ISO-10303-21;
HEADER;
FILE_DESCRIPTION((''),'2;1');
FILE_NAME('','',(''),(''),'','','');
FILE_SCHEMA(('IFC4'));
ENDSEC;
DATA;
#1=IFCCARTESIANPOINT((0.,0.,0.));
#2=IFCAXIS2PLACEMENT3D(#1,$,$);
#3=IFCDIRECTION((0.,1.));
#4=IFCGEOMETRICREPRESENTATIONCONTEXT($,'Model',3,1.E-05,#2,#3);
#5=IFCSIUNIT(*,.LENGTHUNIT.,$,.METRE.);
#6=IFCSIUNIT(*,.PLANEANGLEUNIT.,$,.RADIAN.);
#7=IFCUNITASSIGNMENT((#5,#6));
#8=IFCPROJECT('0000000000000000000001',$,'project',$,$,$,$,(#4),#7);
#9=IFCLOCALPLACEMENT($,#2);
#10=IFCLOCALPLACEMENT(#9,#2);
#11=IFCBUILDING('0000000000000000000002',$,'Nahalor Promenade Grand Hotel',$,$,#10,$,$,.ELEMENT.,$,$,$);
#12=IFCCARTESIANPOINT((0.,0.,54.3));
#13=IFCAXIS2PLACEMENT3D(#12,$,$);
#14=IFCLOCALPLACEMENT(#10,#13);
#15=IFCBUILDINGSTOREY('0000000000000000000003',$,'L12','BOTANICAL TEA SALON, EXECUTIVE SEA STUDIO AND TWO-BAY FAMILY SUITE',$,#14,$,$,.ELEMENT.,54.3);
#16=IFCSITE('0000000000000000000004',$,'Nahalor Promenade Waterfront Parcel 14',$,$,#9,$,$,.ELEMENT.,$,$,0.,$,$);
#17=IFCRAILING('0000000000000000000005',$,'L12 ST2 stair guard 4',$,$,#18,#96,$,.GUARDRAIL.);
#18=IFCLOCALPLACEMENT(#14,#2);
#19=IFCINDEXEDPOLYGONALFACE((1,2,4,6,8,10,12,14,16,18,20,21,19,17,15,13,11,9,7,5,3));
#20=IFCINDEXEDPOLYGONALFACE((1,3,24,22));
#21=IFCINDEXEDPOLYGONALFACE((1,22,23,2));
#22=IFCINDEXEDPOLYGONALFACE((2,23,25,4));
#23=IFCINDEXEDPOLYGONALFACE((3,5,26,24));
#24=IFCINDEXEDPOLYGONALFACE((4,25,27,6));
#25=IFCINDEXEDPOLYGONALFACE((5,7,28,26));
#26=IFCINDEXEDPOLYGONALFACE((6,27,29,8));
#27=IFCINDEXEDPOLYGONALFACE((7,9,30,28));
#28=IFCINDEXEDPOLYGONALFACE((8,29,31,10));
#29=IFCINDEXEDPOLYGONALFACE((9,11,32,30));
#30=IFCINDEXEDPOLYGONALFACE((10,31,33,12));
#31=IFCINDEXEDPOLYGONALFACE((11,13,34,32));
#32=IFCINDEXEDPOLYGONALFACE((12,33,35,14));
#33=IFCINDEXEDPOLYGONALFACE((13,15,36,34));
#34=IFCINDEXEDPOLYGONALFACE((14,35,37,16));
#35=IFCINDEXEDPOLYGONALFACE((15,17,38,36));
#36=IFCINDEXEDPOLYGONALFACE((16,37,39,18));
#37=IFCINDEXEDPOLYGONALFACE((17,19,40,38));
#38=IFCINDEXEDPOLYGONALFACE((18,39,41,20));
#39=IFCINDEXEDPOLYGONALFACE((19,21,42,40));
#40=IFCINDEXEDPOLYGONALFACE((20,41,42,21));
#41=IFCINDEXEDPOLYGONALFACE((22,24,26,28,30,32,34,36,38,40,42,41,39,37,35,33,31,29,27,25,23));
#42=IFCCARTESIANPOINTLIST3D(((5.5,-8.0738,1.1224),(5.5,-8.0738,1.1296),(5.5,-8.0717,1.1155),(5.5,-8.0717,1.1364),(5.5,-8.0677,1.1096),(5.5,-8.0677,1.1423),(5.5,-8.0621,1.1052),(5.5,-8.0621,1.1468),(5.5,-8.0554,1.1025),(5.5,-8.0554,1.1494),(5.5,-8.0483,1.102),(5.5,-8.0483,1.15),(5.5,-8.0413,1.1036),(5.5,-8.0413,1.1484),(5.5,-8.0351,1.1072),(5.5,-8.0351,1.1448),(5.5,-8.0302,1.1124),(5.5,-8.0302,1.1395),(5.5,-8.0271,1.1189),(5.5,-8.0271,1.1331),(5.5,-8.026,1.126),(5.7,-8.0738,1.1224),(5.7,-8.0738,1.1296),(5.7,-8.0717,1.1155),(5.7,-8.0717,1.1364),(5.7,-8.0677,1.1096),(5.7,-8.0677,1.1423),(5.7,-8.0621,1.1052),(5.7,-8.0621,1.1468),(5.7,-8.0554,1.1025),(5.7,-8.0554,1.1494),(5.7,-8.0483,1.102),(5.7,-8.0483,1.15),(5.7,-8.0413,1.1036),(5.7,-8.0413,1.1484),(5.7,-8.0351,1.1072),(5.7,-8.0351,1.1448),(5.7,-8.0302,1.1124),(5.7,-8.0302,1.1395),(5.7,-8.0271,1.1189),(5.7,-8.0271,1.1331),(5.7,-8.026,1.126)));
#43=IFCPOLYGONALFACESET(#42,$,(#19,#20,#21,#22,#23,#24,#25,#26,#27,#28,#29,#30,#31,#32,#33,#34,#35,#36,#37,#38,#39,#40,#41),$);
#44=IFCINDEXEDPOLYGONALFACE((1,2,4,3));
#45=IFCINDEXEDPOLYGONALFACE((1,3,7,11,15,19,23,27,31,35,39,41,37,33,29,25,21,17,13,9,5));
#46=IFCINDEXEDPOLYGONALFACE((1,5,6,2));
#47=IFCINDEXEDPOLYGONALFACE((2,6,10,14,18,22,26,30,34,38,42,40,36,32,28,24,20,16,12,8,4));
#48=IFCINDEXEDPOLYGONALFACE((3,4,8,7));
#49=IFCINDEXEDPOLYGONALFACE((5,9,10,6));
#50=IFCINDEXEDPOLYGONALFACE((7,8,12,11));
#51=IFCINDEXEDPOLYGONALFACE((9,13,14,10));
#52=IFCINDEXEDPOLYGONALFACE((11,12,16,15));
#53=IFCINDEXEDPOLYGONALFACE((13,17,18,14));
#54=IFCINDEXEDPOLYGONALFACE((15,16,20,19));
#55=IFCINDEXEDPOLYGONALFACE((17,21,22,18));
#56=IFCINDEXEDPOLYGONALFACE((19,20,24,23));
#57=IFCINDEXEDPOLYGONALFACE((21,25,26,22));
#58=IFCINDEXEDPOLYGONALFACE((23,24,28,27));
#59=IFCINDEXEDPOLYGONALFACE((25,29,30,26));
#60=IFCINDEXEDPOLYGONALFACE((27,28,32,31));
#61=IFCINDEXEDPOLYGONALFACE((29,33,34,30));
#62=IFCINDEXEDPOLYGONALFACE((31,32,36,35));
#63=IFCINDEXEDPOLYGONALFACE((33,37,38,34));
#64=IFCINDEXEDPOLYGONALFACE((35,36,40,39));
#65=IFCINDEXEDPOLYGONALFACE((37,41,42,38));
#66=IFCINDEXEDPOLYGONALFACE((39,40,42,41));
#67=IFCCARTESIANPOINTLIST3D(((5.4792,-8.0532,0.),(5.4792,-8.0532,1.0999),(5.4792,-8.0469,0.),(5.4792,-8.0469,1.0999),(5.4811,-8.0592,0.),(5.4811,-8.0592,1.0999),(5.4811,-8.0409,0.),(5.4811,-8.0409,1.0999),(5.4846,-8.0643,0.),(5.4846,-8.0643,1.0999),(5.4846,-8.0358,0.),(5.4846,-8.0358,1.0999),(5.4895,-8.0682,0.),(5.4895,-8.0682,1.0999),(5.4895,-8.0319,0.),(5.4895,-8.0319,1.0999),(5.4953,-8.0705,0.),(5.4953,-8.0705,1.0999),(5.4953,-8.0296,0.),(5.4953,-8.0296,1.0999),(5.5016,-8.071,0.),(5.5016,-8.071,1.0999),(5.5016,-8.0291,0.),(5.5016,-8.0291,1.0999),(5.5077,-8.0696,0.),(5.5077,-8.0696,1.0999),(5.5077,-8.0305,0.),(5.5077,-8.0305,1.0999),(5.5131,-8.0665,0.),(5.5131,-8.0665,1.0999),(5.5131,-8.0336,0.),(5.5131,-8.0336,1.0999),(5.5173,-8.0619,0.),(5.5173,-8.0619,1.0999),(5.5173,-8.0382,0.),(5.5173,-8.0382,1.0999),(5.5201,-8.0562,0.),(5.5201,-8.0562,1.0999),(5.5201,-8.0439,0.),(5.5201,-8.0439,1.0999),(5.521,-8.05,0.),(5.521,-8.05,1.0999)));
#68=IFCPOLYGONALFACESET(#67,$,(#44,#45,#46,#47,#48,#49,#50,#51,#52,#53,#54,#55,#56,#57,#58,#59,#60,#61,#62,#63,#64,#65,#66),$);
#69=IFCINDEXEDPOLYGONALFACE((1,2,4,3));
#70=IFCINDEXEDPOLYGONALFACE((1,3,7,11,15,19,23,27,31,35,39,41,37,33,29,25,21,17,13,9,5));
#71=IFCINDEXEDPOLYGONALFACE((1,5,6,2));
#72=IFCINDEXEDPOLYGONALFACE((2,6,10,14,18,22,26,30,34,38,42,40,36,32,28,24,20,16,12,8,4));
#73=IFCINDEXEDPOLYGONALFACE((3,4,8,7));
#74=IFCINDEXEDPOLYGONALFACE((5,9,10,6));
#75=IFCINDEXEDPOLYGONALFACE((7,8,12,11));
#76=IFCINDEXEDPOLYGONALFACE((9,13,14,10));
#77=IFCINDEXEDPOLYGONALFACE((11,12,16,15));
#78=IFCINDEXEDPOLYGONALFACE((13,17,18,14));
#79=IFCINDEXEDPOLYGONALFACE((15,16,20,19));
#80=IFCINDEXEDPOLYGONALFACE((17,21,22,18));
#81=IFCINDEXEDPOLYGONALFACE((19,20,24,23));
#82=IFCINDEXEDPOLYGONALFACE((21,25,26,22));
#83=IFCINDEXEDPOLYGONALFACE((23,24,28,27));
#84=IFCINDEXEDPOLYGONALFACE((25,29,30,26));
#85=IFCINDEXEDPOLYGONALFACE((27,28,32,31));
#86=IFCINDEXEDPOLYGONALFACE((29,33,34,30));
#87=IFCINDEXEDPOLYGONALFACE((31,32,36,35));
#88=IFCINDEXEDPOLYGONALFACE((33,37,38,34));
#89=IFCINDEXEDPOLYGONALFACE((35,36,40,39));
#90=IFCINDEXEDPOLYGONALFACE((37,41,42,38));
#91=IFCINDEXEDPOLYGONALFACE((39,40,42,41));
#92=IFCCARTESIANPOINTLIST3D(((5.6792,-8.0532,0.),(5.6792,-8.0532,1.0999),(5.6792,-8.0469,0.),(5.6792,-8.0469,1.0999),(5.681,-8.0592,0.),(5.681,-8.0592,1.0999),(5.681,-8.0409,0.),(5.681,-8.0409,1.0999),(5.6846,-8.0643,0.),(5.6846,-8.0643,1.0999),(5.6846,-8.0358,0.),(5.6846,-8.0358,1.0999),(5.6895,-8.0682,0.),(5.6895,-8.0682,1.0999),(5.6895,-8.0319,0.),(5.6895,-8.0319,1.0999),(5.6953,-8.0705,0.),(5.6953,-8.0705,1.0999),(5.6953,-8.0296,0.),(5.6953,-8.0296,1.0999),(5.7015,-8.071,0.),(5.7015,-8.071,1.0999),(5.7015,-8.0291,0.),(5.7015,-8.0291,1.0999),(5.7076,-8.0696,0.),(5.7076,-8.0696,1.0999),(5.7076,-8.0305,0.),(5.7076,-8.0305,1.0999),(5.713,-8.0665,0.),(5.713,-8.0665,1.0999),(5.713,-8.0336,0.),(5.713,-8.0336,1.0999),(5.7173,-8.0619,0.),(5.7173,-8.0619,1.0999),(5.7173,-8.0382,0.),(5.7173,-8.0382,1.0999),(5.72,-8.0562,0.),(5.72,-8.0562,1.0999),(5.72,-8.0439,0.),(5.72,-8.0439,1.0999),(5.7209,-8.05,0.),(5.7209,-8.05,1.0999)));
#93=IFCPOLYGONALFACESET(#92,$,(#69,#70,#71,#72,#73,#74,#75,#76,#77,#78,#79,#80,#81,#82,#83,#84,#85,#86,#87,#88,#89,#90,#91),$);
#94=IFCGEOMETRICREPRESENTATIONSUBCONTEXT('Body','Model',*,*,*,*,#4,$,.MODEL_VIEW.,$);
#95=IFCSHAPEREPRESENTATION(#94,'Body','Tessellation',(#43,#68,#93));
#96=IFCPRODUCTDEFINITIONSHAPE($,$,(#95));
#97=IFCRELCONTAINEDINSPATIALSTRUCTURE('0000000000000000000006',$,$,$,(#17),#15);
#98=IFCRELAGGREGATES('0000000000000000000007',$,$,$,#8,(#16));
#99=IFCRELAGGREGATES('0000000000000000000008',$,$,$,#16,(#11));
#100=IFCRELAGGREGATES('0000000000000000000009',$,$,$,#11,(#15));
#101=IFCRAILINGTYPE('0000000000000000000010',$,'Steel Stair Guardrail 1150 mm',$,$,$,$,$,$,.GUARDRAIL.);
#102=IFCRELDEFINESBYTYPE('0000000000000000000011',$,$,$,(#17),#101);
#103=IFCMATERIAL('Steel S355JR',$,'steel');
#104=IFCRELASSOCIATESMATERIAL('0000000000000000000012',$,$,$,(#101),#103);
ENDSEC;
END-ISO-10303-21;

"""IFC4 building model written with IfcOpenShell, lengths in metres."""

from ifc_helpers import new_model, si_unit, direction, frame, origin, origin_2d, place, context, subcontext, project, spatial, circle, extrude, material, type_object, element, save


model = new_model("IFC4")

# Units and contexts
model_context = context("Model", 3, precision=1e-05, world=origin(), true_north=direction((0.0, 1.0)))
body_context = subcontext(model_context, "Body", "Model", "MODEL_VIEW")
ifc_project = project(units=[si_unit("LENGTHUNIT", "METRE"), si_unit("PLANEANGLEUNIT", "RADIAN")], contexts=[model_context])

# Site, building, storey
site_placement = place(None, origin())
site = spatial("IfcSite", under=ifc_project, at=site_placement, Name="Nahalor Promenade Waterfront Parcel 14", CompositionType="ELEMENT", RefElevation=0.0)
building_placement = place(site_placement, origin())
building = spatial("IfcBuilding", under=site, at=building_placement, Name="Nahalor Promenade Grand Hotel", CompositionType="ELEMENT")
storey_placement = place(building_placement, frame((0.0, 0.0, 54.3)))
storey = spatial("IfcBuildingStorey", under=building, at=storey_placement, Name="L12", Description="BOTANICAL TEA SALON, EXECUTIVE SEA STUDIO AND TWO-BAY FAMILY SUITE", CompositionType="ELEMENT", Elevation=54.3)

# Shared definitions
ifc_material_1 = material(Name="Steel S355JR", Category="steel")

# Railing
railing_type_1 = type_object("IfcRailingType", Name="Steel Stair Guardrail 1150 mm", PredefinedType="GUARDRAIL", material=ifc_material_1)
railing_1_placement = place(storey_placement, frame((5.5, -8.05, 0.0)))
element("IfcRailing", 1, at=railing_1_placement, inside=storey, type_object=railing_type_1, Name="L12 ST2 stair guard 4", PredefinedType="GUARDRAIL", context=body_context, shape_type="SweptSolid", body=[
    extrude(circle(Radius=0.024, at=origin_2d()), frame((0.0, 0.0, 1.126), z_axis=(1.0, 0.0, 0.0), x_axis=(0.0, 1.0, 0.0)), (0.0, 0.0, 1.0), 0.2),
    extrude(circle(Radius=0.021, at=origin_2d()), origin(), (0.0, 0.0, 1.0), 1.0999),
    extrude(circle(Radius=0.021, at=origin_2d()), frame((0.2, 0.0, 0.0)), (0.0, 0.0, 1.0), 1.0999),
])

save(model, "model.ifc")
